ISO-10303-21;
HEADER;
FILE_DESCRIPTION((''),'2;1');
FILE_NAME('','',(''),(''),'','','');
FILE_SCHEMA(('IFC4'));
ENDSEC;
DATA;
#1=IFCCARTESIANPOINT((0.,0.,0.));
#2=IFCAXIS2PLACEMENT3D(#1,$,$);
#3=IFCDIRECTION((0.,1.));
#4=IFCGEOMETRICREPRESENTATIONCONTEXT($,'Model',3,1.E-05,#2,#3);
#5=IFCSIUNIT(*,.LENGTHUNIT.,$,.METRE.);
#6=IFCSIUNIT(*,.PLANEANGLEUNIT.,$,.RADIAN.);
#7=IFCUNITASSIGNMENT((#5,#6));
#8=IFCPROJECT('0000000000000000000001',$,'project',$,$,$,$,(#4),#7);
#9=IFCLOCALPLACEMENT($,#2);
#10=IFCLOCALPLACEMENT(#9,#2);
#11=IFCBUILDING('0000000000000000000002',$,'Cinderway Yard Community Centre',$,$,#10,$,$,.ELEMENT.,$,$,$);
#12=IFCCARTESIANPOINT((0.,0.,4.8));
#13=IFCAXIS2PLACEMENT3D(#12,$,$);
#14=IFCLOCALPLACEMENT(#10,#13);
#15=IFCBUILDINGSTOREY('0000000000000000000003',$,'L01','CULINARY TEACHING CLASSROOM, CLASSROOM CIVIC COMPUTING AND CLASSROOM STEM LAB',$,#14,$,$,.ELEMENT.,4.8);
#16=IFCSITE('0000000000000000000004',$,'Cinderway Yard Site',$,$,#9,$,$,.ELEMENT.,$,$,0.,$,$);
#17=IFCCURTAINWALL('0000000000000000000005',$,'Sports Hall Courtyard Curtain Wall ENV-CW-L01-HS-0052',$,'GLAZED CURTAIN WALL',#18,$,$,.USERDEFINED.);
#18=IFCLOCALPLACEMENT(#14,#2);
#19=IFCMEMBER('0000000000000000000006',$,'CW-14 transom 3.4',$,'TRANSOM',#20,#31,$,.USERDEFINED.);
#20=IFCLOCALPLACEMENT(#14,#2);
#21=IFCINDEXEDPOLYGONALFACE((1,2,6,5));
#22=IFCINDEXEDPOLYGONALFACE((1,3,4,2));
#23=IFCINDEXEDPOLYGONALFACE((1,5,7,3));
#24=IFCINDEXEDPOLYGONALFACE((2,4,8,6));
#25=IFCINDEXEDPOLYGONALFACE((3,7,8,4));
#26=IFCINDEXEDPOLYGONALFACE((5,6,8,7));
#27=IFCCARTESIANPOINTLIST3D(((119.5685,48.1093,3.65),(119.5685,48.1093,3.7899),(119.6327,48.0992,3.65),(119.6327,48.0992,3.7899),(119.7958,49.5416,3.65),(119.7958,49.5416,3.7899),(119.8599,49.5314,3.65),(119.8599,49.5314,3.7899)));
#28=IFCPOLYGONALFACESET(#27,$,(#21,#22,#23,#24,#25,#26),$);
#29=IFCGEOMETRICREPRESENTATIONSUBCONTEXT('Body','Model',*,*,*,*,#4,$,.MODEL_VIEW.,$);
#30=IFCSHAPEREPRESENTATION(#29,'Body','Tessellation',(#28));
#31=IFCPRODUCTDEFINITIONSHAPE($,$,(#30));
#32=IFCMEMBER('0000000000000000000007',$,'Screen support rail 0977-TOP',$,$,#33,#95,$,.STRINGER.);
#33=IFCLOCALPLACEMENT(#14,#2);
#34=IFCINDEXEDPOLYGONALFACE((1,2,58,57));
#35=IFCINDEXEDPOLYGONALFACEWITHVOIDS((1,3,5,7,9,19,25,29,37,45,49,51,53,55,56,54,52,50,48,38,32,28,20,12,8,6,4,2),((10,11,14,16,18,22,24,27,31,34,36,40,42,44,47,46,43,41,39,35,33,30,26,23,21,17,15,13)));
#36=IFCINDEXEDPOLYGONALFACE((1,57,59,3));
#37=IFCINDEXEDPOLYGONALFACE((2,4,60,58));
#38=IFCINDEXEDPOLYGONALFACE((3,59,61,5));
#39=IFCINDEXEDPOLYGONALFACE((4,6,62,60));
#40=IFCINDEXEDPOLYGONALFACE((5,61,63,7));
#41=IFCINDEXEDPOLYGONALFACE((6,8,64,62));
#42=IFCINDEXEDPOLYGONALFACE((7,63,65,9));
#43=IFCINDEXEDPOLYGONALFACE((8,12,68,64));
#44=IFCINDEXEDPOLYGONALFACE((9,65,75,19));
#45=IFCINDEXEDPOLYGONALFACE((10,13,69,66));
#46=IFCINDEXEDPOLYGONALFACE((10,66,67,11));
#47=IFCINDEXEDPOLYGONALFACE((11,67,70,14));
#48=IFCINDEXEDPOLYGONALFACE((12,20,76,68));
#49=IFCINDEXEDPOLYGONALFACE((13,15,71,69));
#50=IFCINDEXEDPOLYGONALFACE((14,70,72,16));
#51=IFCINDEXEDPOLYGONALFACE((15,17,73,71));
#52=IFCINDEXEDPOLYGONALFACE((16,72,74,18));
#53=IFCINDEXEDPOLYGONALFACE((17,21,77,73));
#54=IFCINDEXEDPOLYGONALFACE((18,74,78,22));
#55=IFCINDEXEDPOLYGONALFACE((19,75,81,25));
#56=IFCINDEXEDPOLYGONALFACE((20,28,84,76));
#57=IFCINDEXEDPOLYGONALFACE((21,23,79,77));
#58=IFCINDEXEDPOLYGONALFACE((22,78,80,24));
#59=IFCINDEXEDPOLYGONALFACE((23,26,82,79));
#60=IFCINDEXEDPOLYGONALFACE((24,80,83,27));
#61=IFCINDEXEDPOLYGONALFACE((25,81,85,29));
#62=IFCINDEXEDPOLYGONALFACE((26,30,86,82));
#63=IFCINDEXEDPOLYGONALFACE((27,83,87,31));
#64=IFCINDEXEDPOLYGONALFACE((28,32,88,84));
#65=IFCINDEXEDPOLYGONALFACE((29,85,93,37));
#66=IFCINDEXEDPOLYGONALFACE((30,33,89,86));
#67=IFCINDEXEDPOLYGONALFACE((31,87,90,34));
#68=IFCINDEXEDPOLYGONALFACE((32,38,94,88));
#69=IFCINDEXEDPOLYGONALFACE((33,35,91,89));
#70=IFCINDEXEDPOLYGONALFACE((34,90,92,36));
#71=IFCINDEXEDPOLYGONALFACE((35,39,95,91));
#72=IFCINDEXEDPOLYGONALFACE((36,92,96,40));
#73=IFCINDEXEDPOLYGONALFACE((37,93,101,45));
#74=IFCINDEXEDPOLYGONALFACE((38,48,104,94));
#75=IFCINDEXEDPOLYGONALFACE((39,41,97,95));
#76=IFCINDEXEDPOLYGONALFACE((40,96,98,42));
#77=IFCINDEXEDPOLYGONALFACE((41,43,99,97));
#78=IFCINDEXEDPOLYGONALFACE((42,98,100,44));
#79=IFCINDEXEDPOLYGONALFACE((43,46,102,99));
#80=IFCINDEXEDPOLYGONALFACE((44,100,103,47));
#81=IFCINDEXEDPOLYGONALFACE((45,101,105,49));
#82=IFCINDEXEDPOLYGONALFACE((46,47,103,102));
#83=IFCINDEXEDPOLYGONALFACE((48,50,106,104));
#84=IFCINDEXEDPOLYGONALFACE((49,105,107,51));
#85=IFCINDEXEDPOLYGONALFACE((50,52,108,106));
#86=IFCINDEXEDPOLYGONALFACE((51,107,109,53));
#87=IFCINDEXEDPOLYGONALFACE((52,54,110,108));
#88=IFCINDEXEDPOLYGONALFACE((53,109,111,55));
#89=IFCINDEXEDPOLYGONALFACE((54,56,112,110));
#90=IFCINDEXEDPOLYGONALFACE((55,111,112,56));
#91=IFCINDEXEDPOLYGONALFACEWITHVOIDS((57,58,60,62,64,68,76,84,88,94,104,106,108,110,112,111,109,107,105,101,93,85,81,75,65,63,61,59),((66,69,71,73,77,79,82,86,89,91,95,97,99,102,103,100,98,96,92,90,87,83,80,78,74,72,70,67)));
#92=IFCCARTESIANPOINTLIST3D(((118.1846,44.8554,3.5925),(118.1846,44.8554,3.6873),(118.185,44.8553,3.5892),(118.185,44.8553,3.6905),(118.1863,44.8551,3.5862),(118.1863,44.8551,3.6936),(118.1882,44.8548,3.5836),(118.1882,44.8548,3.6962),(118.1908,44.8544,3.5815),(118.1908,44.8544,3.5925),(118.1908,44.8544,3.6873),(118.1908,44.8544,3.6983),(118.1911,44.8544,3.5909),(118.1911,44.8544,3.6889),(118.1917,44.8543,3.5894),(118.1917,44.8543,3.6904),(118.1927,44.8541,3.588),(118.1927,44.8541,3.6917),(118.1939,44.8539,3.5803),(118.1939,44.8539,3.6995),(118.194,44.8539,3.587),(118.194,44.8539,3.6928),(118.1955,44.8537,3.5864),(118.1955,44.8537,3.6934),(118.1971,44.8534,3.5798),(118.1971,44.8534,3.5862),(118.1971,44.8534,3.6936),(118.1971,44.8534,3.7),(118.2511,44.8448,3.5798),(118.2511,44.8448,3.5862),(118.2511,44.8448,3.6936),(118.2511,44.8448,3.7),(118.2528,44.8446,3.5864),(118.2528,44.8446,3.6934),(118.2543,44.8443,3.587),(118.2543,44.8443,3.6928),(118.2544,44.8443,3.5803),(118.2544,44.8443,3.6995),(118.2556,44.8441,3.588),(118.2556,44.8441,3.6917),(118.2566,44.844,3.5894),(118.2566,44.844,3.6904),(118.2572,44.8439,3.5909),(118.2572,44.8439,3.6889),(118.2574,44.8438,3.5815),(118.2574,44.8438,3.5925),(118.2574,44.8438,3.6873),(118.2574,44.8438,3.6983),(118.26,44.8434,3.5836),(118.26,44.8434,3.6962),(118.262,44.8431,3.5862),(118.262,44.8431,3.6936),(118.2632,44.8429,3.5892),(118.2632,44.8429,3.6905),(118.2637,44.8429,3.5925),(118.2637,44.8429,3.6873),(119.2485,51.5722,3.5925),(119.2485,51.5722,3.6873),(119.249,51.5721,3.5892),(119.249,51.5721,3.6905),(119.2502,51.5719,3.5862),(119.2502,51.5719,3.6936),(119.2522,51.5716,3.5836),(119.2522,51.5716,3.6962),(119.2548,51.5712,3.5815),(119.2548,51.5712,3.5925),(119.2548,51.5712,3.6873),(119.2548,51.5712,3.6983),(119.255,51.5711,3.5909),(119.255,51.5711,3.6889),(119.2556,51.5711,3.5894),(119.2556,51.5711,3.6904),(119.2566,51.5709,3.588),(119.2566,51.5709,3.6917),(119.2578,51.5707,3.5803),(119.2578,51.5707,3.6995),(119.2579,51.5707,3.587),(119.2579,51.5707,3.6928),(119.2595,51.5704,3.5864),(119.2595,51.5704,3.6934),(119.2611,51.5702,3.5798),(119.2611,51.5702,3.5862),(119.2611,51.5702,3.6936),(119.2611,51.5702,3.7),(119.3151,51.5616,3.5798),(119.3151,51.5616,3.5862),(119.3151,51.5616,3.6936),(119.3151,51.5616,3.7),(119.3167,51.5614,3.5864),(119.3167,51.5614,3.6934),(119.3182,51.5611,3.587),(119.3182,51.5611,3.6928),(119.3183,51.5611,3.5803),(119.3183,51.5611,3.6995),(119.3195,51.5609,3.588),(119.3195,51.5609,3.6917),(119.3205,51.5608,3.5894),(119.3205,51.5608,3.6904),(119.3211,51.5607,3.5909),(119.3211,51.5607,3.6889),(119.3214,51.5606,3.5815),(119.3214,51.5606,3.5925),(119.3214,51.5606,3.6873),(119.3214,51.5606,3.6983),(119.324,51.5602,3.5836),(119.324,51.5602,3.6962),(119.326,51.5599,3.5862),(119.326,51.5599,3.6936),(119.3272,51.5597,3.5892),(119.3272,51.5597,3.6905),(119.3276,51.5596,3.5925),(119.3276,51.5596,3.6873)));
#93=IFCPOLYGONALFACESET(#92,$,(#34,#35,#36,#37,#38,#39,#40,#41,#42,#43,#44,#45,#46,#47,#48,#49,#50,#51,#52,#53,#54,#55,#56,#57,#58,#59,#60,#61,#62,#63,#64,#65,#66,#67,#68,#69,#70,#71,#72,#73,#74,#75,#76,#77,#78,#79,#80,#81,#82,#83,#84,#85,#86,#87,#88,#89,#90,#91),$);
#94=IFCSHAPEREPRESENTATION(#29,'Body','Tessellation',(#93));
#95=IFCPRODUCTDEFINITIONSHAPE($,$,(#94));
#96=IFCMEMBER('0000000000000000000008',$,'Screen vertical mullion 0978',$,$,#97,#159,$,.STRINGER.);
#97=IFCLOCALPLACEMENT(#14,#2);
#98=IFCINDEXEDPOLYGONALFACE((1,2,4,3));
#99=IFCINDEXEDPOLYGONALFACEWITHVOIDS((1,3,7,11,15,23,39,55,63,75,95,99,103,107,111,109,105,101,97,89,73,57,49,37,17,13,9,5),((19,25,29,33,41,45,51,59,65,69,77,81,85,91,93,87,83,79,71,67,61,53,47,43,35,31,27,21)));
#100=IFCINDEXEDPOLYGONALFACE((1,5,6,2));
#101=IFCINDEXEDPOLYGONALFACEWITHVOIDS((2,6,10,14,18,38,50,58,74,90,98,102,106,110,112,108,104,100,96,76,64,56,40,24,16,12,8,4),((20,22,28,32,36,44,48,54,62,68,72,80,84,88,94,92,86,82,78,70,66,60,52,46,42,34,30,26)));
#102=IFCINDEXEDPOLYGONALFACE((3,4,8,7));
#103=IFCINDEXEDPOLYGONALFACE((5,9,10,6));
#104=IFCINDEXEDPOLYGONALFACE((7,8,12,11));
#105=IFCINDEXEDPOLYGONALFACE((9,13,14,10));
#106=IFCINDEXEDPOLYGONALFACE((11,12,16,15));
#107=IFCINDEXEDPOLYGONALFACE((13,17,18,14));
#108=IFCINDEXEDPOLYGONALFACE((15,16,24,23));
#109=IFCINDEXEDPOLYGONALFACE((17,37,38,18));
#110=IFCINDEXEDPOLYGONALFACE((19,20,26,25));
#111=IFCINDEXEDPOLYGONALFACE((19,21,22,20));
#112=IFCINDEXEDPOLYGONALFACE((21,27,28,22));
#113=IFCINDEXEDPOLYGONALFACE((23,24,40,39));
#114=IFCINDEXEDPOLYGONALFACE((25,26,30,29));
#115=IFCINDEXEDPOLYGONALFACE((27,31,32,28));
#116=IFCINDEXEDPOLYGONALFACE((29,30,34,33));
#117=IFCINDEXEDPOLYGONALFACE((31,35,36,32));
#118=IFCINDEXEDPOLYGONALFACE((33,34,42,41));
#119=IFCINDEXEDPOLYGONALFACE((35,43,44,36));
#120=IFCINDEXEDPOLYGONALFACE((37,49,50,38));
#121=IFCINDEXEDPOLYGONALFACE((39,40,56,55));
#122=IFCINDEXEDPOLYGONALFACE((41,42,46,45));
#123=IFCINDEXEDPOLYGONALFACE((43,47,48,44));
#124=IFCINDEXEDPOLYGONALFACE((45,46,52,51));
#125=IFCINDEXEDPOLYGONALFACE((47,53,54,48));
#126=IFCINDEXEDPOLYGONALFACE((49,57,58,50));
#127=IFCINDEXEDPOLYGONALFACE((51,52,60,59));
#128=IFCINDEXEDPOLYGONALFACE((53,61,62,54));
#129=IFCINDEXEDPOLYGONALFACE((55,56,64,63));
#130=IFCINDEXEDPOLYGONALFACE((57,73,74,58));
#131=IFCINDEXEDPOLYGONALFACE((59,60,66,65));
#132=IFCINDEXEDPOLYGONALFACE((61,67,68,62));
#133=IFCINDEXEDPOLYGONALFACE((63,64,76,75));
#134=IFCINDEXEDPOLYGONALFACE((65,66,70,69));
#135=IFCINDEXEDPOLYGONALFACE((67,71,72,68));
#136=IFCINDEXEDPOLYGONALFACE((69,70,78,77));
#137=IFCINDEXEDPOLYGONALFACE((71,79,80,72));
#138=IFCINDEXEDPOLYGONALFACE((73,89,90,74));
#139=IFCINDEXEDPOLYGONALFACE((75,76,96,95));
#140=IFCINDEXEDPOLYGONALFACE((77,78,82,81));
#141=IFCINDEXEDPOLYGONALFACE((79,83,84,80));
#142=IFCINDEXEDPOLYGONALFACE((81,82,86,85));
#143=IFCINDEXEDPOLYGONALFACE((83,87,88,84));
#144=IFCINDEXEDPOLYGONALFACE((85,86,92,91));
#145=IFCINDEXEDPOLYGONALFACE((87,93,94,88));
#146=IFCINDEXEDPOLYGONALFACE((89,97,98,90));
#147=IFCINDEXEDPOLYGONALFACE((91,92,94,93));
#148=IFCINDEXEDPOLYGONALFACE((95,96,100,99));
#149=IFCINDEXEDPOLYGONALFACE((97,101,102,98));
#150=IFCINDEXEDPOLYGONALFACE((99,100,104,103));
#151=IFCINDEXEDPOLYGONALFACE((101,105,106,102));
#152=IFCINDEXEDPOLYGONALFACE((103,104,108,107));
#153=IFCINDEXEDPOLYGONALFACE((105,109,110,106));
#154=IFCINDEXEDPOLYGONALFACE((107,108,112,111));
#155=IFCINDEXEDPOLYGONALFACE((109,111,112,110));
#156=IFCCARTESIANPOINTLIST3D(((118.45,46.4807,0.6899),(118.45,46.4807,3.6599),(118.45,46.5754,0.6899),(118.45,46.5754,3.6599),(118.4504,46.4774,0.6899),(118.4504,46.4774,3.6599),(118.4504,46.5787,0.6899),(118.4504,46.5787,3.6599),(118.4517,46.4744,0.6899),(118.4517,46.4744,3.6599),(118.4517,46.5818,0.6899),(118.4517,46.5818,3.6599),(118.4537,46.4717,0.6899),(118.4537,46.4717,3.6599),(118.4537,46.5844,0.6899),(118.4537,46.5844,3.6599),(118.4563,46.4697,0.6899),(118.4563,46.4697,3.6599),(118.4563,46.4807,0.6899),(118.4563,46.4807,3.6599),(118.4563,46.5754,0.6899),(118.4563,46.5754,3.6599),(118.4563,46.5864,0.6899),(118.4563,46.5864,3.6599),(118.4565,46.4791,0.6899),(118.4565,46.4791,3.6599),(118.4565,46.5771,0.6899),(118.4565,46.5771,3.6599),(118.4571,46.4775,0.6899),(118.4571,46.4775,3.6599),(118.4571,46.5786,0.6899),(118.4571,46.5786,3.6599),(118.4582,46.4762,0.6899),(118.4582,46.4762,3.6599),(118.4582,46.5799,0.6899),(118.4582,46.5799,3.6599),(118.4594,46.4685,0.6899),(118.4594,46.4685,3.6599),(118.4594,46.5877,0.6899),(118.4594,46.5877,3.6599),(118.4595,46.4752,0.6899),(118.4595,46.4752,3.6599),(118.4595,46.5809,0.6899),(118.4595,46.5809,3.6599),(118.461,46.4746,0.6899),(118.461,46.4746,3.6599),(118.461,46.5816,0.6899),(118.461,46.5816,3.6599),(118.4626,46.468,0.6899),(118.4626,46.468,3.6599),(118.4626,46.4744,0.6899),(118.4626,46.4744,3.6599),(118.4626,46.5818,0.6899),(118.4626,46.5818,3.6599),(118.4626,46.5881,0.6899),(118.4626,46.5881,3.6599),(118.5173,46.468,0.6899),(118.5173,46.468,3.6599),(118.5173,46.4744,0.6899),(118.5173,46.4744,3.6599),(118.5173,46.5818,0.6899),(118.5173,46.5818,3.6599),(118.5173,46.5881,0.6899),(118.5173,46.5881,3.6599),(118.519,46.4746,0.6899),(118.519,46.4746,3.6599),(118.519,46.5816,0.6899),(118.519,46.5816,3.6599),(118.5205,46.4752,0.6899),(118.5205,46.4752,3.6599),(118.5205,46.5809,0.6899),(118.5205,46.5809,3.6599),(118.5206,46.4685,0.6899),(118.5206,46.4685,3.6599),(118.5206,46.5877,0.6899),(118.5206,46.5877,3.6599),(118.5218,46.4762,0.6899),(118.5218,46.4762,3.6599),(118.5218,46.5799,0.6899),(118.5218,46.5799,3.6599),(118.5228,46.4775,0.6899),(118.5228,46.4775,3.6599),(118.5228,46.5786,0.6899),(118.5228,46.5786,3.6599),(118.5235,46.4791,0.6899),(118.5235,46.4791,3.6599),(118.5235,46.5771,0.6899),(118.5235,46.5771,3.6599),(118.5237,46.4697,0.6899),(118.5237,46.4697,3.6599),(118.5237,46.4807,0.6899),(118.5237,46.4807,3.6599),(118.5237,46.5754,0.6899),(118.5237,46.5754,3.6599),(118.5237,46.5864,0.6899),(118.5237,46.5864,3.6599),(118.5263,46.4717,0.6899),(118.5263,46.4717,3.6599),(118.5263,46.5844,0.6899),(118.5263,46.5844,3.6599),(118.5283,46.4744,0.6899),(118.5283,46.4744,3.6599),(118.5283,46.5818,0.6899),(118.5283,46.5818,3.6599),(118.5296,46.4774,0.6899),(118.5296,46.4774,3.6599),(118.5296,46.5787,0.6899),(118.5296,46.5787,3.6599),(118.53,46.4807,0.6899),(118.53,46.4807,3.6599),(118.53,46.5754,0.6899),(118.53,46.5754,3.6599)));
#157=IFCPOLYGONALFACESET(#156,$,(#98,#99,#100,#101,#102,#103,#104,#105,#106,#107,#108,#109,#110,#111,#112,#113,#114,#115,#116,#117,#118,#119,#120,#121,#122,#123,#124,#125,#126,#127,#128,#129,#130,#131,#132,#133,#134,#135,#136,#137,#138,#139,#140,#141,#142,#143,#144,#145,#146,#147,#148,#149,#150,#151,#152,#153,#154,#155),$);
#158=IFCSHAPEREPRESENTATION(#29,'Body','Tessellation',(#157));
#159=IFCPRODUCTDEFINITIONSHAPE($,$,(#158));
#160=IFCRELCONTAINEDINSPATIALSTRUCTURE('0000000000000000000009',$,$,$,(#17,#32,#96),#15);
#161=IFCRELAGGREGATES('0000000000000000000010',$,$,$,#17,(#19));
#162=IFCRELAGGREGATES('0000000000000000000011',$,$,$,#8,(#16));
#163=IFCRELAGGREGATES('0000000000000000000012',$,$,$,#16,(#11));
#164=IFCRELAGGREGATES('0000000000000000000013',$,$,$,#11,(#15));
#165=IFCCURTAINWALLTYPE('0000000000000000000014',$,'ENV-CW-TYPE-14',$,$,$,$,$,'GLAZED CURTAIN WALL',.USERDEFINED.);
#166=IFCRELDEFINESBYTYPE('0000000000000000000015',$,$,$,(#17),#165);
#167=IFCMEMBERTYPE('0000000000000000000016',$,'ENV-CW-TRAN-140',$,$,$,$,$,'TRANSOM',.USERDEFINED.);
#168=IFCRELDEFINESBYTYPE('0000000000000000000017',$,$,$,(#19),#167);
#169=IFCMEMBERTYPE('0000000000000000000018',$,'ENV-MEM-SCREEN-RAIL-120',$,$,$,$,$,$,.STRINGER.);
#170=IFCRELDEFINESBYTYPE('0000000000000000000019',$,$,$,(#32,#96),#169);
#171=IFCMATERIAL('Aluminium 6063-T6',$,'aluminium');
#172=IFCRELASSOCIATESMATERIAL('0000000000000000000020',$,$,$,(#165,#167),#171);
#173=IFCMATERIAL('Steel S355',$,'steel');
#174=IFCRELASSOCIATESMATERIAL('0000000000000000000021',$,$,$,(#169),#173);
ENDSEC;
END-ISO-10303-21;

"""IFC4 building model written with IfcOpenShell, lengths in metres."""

from ifc_helpers import new_model, si_unit, direction, frame, origin, origin_2d, place, context, subcontext, project, spatial, rectangle, hollow_rectangle, extrude, material, material_profile, profile_set, type_object, element, aggregate, save


model = new_model("IFC4")

# Units and contexts
model_context = context("Model", 3, precision=1e-05, world=origin(), true_north=direction((0.0, 1.0)))
body_context = subcontext(model_context, "Body", "Model", "MODEL_VIEW")
ifc_project = project(units=[si_unit("LENGTHUNIT", "METRE"), si_unit("PLANEANGLEUNIT", "RADIAN")], contexts=[model_context])

# Site, building, storey
site_placement = place(None, origin())
site = spatial("IfcSite", under=ifc_project, at=site_placement, Name="Cinderway Yard Site", CompositionType="ELEMENT", RefElevation=0.0)
building_placement = place(site_placement, origin())
building = spatial("IfcBuilding", under=site, at=building_placement, Name="Cinderway Yard Community Centre", CompositionType="ELEMENT")
storey_placement = place(building_placement, frame((0.0, 0.0, 4.8)))
storey = spatial("IfcBuildingStorey", under=building, at=storey_placement, Name="L01", Description="CULINARY TEACHING CLASSROOM, CLASSROOM CIVIC COMPUTING AND CLASSROOM STEM LAB", CompositionType="ELEMENT", Elevation=4.8)

# Curtain wall, member
ifc_material_1 = material(Name="Aluminium 6063-T6", Category="aluminium")
curtain_wall_type = type_object("IfcCurtainWallType", Name="ENV-CW-TYPE-14", ElementType="GLAZED CURTAIN WALL", PredefinedType="USERDEFINED", material=ifc_material_1)
curtain_wall_placement = place(storey_placement, origin())
curtain_wall = element("IfcCurtainWall", 1, at=curtain_wall_placement, inside=storey, type_object=curtain_wall_type, Name="Sports Hall Courtyard Curtain Wall ENV-CW-L01-HS-0052", ObjectType="GLAZED CURTAIN WALL", PredefinedType="USERDEFINED")
ifc_material_profile_1 = material_profile(ifc_material_1, rectangle(XDim=0.0649, YDim=0.1399, at=origin_2d()), Name="Aluminium 6063-T6")
ifc_profile_set_1 = profile_set([ifc_material_profile_1], Name="Aluminium 6063-T6")
member_type_1 = type_object("IfcMemberType", Name="ENV-CW-TRAN-140", ElementType="TRANSOM", PredefinedType="USERDEFINED", material=ifc_profile_set_1)
member_1_placement = place(storey_placement, frame((119.6006, 48.1042, 3.72), z_axis=(0.156723, 0.987643, 0.0), x_axis=(-0.987643, 0.156723, 0.0)))
member_1 = element("IfcMember", 2, at=member_1_placement, type_object=member_type_1, Name="CW-14 transom 3.4", ObjectType="TRANSOM", PredefinedType="USERDEFINED", context=body_context, shape_type="SweptSolid", body=[
    extrude(rectangle(XDim=0.0649, YDim=0.1399, at=origin_2d()), origin(), (0.0, 0.0, 1.0), 1.4502),
])

# Members
ifc_material_2 = material(Name="Steel S355", Category="steel")
ifc_material_profile_2 = material_profile(ifc_material_2, hollow_rectangle(XDim=0.0801, YDim=0.1201, WallThickness=0.0063, InnerFilletRadius=0.0063, OuterFilletRadius=0.0127, at=origin_2d()), Name="Steel S355")
ifc_profile_set_2 = profile_set([ifc_material_profile_2], Name="Steel S355")
member_type_2 = type_object("IfcMemberType", Name="ENV-MEM-SCREEN-RAIL-120", PredefinedType="STRINGER", material=ifc_profile_set_2)
member_2_placement = place(storey_placement, frame((118.2241, 44.8491, 3.6399), z_axis=(0.156453, 0.987685, 0.0), x_axis=(-0.987685, 0.156453, 0.0)))
element("IfcMember", 3, at=member_2_placement, inside=storey, type_object=member_type_2, Name="Screen support rail 0977-TOP", PredefinedType="STRINGER", context=body_context, shape_type="SweptSolid", body=[
    extrude(hollow_rectangle(XDim=0.0801, YDim=0.1201, WallThickness=0.0063, InnerFilletRadius=0.0063, OuterFilletRadius=0.0127, at=origin_2d()), origin(), (0.0, 0.0, 1.0), 6.8005),
])
for number, where, z_axis, x_axis, name in (
    (4, (118.49, 46.5281, 0.6899), (0.0, 0.0, 1.0), (1.0, 0.0, 0.0), "Screen vertical mullion 0978"),
):
    element("IfcMember", number, at=place(storey_placement, frame(where, z_axis=z_axis, x_axis=x_axis)), inside=storey, type_object=member_type_2, Name=name, PredefinedType="STRINGER", context=body_context, shape_type="SweptSolid", body=[
        extrude(hollow_rectangle(XDim=0.0801, YDim=0.1201, WallThickness=0.0063, InnerFilletRadius=0.0063, OuterFilletRadius=0.0127, at=origin_2d()), origin(), (0.0, 0.0, 1.0), 2.97),
    ])

aggregate(curtain_wall, [member_1])

save(model, "model.ifc")
